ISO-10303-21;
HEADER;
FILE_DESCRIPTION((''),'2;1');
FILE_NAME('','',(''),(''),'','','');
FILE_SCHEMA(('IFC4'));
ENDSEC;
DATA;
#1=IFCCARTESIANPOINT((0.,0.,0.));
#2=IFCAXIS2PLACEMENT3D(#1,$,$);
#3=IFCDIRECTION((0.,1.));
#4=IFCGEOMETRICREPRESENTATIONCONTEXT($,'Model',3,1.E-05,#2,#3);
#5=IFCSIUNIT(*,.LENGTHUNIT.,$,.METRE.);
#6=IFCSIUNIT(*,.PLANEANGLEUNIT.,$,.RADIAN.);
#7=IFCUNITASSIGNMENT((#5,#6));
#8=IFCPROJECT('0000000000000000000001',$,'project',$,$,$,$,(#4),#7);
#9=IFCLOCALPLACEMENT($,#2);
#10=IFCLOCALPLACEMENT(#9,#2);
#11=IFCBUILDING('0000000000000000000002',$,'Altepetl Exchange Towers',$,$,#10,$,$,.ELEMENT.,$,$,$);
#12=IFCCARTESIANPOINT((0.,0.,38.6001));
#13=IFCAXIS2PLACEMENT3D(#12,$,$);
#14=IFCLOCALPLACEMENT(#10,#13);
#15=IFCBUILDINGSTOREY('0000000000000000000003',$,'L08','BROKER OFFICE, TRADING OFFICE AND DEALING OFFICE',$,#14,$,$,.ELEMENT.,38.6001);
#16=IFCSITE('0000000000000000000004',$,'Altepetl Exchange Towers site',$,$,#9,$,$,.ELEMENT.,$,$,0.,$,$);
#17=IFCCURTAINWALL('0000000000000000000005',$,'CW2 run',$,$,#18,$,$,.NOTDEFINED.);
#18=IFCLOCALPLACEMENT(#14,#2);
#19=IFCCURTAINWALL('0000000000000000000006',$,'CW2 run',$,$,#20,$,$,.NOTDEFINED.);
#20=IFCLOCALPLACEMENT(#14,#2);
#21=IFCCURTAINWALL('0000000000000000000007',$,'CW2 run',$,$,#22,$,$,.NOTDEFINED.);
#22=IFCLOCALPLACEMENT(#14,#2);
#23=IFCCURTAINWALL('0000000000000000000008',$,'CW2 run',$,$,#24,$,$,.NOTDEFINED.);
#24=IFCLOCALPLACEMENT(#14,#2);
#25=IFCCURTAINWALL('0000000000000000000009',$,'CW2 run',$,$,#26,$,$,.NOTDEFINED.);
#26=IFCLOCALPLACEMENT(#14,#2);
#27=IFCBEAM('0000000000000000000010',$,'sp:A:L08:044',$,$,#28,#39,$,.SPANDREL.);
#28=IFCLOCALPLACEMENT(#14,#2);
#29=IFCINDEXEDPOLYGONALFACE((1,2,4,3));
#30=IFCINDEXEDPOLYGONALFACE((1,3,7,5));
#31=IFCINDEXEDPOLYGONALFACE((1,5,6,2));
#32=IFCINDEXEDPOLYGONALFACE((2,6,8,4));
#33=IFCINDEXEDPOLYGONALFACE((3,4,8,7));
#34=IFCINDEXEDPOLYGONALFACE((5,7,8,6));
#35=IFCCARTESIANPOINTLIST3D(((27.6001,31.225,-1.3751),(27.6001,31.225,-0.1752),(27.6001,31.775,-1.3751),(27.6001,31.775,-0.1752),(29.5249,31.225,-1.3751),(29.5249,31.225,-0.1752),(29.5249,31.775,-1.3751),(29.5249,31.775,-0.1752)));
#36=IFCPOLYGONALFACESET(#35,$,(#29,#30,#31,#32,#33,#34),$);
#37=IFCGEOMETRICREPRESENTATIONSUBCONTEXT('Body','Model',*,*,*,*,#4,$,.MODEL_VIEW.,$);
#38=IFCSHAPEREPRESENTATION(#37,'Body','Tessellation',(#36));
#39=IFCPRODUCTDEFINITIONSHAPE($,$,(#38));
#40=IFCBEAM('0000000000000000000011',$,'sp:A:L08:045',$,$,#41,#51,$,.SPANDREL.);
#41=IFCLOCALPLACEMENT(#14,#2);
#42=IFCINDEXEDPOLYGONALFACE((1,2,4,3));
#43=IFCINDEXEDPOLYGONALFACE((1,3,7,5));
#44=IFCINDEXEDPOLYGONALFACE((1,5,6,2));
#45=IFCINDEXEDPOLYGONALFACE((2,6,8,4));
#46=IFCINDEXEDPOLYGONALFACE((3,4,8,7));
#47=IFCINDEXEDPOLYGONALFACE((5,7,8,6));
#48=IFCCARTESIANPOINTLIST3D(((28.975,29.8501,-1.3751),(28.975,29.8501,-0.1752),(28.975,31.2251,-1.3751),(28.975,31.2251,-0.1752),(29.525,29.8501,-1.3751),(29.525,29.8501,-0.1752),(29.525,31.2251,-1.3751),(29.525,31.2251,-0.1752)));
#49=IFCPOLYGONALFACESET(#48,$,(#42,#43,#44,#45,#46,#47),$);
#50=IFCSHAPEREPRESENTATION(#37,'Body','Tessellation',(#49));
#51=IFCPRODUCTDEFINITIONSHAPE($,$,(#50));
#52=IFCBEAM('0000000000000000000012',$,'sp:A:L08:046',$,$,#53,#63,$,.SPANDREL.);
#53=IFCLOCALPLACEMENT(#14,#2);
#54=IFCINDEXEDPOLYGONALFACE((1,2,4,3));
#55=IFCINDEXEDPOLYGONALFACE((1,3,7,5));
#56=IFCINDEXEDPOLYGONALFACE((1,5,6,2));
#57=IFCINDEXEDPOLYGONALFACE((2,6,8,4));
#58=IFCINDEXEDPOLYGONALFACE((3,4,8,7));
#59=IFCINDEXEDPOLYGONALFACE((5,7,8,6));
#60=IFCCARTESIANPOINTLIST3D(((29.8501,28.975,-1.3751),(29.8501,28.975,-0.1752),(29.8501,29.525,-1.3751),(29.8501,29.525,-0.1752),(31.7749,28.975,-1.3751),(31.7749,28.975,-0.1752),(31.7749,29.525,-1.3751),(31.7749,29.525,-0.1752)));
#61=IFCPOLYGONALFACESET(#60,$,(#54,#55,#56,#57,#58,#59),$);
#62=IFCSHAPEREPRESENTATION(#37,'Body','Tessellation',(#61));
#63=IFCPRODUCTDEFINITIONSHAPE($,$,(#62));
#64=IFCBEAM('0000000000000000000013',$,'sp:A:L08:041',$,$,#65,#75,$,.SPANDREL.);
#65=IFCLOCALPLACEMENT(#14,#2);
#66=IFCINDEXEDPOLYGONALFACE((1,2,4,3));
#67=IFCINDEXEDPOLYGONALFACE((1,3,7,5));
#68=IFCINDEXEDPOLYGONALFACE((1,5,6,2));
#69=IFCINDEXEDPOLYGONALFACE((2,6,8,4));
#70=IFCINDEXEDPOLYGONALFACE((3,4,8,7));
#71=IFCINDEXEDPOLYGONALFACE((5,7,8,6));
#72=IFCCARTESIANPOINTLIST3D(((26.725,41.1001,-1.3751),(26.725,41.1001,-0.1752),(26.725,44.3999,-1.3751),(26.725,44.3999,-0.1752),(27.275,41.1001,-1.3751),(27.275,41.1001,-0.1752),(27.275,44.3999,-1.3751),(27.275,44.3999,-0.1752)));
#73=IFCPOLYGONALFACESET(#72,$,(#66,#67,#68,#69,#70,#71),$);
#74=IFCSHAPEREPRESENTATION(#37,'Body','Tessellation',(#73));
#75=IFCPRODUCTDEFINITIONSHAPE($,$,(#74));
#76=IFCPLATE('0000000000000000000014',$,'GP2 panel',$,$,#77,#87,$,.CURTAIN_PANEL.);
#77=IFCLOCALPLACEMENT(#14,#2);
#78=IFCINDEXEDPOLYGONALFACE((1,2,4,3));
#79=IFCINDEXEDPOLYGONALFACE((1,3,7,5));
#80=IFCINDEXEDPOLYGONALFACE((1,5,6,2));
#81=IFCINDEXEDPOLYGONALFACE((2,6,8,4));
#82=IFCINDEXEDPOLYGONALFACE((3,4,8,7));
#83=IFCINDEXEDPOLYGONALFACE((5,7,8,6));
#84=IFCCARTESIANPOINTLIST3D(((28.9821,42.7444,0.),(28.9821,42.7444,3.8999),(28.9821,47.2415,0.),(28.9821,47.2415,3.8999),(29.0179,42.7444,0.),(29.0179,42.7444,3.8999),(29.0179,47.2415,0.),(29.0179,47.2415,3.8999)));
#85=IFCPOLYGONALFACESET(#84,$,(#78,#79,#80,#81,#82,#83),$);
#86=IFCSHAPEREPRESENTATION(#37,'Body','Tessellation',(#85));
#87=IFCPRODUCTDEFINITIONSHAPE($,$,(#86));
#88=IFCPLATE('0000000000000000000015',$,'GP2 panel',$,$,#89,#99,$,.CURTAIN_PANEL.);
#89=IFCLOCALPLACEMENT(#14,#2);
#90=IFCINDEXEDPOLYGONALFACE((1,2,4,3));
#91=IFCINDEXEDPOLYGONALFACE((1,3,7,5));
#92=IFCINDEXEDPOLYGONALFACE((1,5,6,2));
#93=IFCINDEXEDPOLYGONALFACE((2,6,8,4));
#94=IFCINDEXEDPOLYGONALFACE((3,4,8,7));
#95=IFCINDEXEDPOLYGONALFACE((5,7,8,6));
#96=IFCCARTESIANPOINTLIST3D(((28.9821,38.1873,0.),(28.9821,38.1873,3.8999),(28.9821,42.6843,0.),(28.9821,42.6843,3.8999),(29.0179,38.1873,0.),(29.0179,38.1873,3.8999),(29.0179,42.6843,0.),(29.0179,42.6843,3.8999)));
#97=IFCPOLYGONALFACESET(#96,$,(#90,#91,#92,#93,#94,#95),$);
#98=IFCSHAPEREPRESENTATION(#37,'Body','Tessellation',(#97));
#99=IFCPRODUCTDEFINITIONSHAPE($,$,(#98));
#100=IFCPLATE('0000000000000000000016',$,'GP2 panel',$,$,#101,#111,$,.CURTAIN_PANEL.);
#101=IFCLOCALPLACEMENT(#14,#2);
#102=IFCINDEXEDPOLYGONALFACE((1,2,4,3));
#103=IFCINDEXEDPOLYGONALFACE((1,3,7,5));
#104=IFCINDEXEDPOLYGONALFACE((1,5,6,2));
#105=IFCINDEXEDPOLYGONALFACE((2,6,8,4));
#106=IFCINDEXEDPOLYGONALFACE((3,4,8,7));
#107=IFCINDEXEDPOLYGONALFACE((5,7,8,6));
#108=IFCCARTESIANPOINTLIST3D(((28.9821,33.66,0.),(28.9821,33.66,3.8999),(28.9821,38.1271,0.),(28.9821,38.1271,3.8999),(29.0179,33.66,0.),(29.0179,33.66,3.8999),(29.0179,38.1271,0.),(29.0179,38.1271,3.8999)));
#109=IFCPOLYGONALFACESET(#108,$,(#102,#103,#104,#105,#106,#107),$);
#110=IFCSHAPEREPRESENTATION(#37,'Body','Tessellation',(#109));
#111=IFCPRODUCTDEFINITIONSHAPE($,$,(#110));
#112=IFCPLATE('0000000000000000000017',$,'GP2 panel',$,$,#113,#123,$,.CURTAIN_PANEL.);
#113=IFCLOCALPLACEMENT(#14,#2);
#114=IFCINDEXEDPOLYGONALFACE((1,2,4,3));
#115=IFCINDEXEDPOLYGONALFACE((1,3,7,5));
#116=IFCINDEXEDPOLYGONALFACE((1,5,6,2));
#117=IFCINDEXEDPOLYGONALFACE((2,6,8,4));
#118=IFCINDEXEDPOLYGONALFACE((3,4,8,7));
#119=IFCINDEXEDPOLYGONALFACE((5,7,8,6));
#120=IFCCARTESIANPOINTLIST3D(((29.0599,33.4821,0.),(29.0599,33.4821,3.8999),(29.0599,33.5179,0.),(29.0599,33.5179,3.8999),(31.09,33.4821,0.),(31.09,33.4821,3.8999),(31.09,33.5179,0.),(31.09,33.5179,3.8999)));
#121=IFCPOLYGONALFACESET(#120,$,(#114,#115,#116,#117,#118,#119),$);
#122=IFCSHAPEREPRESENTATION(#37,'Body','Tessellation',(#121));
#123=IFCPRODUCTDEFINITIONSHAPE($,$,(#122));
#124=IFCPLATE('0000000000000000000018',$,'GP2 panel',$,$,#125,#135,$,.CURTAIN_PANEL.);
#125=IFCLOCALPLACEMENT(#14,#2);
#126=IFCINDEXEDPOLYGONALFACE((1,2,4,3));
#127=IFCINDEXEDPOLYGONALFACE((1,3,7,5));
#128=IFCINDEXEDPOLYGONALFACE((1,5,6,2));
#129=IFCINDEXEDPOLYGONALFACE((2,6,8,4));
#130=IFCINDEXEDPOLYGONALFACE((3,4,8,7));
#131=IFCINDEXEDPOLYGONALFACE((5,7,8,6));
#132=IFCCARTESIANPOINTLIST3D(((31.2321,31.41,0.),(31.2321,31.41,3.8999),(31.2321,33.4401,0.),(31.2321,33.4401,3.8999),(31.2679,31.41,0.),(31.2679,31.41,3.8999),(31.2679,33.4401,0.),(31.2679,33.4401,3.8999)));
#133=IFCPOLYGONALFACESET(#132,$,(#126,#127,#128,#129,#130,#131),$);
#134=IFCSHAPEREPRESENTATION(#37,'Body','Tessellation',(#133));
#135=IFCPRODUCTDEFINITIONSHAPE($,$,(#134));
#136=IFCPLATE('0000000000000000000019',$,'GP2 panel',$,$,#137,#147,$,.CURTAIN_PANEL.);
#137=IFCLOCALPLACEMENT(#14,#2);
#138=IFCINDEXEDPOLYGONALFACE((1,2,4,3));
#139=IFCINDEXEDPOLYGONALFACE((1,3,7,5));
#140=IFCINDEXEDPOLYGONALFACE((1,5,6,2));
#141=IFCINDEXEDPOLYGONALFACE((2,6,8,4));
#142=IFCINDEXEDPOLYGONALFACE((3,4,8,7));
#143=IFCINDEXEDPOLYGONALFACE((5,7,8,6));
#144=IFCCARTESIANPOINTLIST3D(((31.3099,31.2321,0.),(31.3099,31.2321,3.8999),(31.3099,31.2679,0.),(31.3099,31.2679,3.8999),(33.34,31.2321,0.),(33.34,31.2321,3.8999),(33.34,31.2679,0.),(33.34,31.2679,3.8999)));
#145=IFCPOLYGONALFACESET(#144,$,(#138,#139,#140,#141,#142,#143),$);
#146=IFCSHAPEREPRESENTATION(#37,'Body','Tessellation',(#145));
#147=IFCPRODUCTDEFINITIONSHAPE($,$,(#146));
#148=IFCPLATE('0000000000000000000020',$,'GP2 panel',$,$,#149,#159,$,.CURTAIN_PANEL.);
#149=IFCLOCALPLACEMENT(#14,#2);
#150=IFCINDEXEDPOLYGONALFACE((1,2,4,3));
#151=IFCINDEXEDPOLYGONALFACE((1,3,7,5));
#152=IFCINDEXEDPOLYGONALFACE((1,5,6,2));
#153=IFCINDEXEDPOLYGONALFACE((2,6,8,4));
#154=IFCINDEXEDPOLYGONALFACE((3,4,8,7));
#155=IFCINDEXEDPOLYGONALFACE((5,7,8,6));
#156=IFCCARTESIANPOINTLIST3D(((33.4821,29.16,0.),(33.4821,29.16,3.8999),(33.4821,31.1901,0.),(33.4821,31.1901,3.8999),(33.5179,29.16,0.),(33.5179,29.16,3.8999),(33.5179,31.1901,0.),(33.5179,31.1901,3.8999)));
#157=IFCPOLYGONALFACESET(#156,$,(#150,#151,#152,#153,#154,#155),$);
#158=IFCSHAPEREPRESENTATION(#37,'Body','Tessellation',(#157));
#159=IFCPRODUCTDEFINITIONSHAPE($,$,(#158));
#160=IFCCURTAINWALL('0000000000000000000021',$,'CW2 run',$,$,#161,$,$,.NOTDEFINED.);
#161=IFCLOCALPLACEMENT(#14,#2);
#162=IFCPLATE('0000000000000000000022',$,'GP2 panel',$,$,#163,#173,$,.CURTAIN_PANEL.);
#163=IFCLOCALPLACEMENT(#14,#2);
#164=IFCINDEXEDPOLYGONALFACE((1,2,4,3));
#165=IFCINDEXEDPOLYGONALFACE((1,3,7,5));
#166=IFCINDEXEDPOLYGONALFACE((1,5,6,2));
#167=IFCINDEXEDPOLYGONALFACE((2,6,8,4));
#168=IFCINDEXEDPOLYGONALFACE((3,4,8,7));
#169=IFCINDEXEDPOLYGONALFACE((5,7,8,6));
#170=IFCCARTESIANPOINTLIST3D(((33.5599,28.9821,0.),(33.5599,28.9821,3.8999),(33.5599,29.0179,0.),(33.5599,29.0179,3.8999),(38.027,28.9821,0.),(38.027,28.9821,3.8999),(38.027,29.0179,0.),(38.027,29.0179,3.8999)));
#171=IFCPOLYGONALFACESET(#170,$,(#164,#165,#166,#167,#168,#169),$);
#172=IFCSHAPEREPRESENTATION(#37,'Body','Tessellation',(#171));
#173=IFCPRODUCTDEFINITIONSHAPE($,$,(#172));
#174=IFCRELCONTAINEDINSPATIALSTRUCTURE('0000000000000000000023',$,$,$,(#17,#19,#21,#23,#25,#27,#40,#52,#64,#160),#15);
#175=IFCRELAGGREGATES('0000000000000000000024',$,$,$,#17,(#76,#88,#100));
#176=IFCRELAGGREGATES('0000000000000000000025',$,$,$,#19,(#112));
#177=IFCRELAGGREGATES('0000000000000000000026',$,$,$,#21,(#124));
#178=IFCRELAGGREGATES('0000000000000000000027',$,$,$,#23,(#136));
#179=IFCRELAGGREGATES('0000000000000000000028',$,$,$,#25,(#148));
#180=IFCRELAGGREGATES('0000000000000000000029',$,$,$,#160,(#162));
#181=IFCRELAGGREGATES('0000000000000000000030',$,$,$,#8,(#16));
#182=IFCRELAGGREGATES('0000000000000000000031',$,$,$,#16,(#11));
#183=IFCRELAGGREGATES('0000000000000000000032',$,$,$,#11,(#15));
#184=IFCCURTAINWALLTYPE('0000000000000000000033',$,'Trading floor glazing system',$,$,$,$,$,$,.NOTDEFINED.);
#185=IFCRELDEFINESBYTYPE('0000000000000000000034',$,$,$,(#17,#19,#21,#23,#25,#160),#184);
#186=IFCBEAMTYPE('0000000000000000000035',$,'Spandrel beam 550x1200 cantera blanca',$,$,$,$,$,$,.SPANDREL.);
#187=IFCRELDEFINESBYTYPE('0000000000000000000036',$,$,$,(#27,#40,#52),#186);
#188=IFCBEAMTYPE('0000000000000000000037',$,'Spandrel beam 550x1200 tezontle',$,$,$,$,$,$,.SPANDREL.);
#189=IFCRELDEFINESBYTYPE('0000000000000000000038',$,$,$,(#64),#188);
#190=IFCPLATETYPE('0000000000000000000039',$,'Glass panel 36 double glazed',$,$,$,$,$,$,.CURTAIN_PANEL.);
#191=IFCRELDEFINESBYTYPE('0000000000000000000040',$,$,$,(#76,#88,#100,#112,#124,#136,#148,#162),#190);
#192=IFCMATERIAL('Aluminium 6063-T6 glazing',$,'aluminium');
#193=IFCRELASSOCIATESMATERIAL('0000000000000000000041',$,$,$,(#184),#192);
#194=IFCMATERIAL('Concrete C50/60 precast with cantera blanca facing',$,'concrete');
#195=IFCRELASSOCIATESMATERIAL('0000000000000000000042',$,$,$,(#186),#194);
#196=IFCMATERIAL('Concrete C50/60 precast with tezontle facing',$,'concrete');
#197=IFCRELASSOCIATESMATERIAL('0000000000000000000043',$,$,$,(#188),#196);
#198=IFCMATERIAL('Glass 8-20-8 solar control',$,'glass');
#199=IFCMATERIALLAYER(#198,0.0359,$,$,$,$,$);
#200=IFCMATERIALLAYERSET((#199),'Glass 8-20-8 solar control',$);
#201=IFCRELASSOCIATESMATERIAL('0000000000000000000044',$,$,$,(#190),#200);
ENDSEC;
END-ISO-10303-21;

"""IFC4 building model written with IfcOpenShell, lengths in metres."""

from ifc_helpers import new_model, si_unit, direction, frame, origin, origin_2d, place, context, subcontext, project, spatial, rectangle, extrude, material, layer, layer_set, material_profile, profile_set, type_object, element, aggregate, save


model = new_model("IFC4")

# Units and contexts
model_context = context("Model", 3, precision=1e-05, world=origin(), true_north=direction((0.0, 1.0)))
body_context = subcontext(model_context, "Body", "Model", "MODEL_VIEW")
ifc_project = project(units=[si_unit("LENGTHUNIT", "METRE"), si_unit("PLANEANGLEUNIT", "RADIAN")], contexts=[model_context])

# Site, building, storey
site_placement = place(None, origin())
site = spatial("IfcSite", under=ifc_project, at=site_placement, Name="Altepetl Exchange Towers site", CompositionType="ELEMENT", RefElevation=0.0)
building_placement = place(site_placement, origin())
building = spatial("IfcBuilding", under=site, at=building_placement, Name="Altepetl Exchange Towers", CompositionType="ELEMENT")
storey_placement = place(building_placement, frame((0.0, 0.0, 38.6001)))
storey = spatial("IfcBuildingStorey", under=building, at=storey_placement, Name="L08", Description="BROKER OFFICE, TRADING OFFICE AND DEALING OFFICE", CompositionType="ELEMENT", Elevation=38.6001)

# Curtain walls
ifc_material_1 = material(Name="Aluminium 6063-T6 glazing", Category="aluminium")
curtain_wall_type = type_object("IfcCurtainWallType", Name="Trading floor glazing system", PredefinedType="NOTDEFINED", material=ifc_material_1)
curtain_wall_1_placement = place(storey_placement, origin())
curtain_wall_1 = element("IfcCurtainWall", 1, at=curtain_wall_1_placement, inside=storey, type_object=curtain_wall_type, Name="CW2 run", PredefinedType="NOTDEFINED")
curtain_wall_2_placement = place(storey_placement, origin())
curtain_wall_2 = element("IfcCurtainWall", 2, at=curtain_wall_2_placement, inside=storey, type_object=curtain_wall_type, Name="CW2 run", PredefinedType="NOTDEFINED")
curtain_wall_3_placement = place(storey_placement, origin())
curtain_wall_3 = element("IfcCurtainWall", 3, at=curtain_wall_3_placement, inside=storey, type_object=curtain_wall_type, Name="CW2 run", PredefinedType="NOTDEFINED")
curtain_wall_4_placement = place(storey_placement, origin())
curtain_wall_4 = element("IfcCurtainWall", 4, at=curtain_wall_4_placement, inside=storey, type_object=curtain_wall_type, Name="CW2 run", PredefinedType="NOTDEFINED")
curtain_wall_5_placement = place(storey_placement, origin())
curtain_wall_5 = element("IfcCurtainWall", 5, at=curtain_wall_5_placement, inside=storey, type_object=curtain_wall_type, Name="CW2 run", PredefinedType="NOTDEFINED")

# Beams
ifc_material_2 = material(Name="Concrete C50/60 precast with cantera blanca facing", Category="concrete")
ifc_material_profile_1 = material_profile(ifc_material_2, rectangle(XDim=0.55, YDim=1.2, at=origin_2d()), Name="550 x 1200")
ifc_profile_set_1 = profile_set([ifc_material_profile_1], Name="Concrete C50/60 precast with cantera blanca facing")
beam_type_1 = type_object("IfcBeamType", Name="Spandrel beam 550x1200 cantera blanca", PredefinedType="SPANDREL", material=ifc_profile_set_1)
beam_1_placement = place(storey_placement, frame((27.6001, 31.5, -0.7751), z_axis=(1.0, 0.0, 0.0), x_axis=(0.0, 1.0, 0.0)))
element("IfcBeam", 6, at=beam_1_placement, inside=storey, type_object=beam_type_1, Name="sp:A:L08:044", PredefinedType="SPANDREL", context=body_context, shape_type="SweptSolid", body=[
    extrude(rectangle(XDim=0.55, YDim=1.2, at=origin_2d()), origin(), (0.0, 0.0, 1.0), 1.9248),
])
beam_2_placement = place(storey_placement, frame((29.25, 31.2251, -0.7751), z_axis=(0.0, -1.0, 0.0), x_axis=(1.0, 0.0, 0.0)))
element("IfcBeam", 7, at=beam_2_placement, inside=storey, type_object=beam_type_1, Name="sp:A:L08:045", PredefinedType="SPANDREL", context=body_context, shape_type="SweptSolid", body=[
    extrude(rectangle(XDim=0.55, YDim=1.2, at=origin_2d()), origin(), (0.0, 0.0, 1.0), 1.375),
])
beam_3_placement = place(storey_placement, frame((29.8501, 29.25, -0.7751), z_axis=(1.0, 0.0, 0.0), x_axis=(0.0, 1.0, 0.0)))
element("IfcBeam", 8, at=beam_3_placement, inside=storey, type_object=beam_type_1, Name="sp:A:L08:046", PredefinedType="SPANDREL", context=body_context, shape_type="SweptSolid", body=[
    extrude(rectangle(XDim=0.55, YDim=1.2, at=origin_2d()), origin(), (0.0, 0.0, 1.0), 1.9248),
])
ifc_material_3 = material(Name="Concrete C50/60 precast with tezontle facing", Category="concrete")
ifc_material_profile_2 = material_profile(ifc_material_3, rectangle(XDim=0.55, YDim=1.2, at=origin_2d()), Name="550 x 1200")
ifc_profile_set_2 = profile_set([ifc_material_profile_2], Name="Concrete C50/60 precast with tezontle facing")
beam_type_2 = type_object("IfcBeamType", Name="Spandrel beam 550x1200 tezontle", PredefinedType="SPANDREL", material=ifc_profile_set_2)
beam_4_placement = place(storey_placement, frame((27.0, 44.3999, -0.7751), z_axis=(0.0, -1.0, 0.0), x_axis=(1.0, 0.0, 0.0)))
element("IfcBeam", 9, at=beam_4_placement, inside=storey, type_object=beam_type_2, Name="sp:A:L08:041", PredefinedType="SPANDREL", context=body_context, shape_type="SweptSolid", body=[
    extrude(rectangle(XDim=0.55, YDim=1.2, at=origin_2d()), origin(), (0.0, 0.0, 1.0), 3.2998),
])

# Plates
ifc_material_4 = material(Name="Glass 8-20-8 solar control", Category="glass")
ifc_layer = layer(ifc_material_4, 0.0359)
ifc_layer_set = layer_set([ifc_layer], Name="Glass 8-20-8 solar control")
plate_type = type_object("IfcPlateType", Name="Glass panel 36 double glazed", PredefinedType="CURTAIN_PANEL", material=ifc_layer_set)
plate_1_placement = place(storey_placement, frame((29.0, 44.9929, 0.0), z_axis=(0.0, 0.0, 1.0), x_axis=(0.0, -1.0, 0.0)))
plate_1 = element("IfcPlate", 10, at=plate_1_placement, type_object=plate_type, Name="GP2 panel", PredefinedType="CURTAIN_PANEL", context=body_context, shape_type="SweptSolid", body=[
    extrude(rectangle(XDim=4.4971, YDim=0.0359, at=origin_2d()), origin(), (0.0, 0.0, 1.0), 3.8999),
])
plate_2_placement = place(storey_placement, frame((29.0, 40.4358, 0.0), z_axis=(0.0, 0.0, 1.0), x_axis=(0.0, -1.0, 0.0)))
plate_2 = element("IfcPlate", 11, at=plate_2_placement, type_object=plate_type, Name="GP2 panel", PredefinedType="CURTAIN_PANEL", context=body_context, shape_type="SweptSolid", body=[
    extrude(rectangle(XDim=4.4971, YDim=0.0359, at=origin_2d()), origin(), (0.0, 0.0, 1.0), 3.8999),
])
plate_3_placement = place(storey_placement, frame((29.0, 35.8936, 0.0), z_axis=(0.0, 0.0, 1.0), x_axis=(0.0, -1.0, 0.0)))
plate_3 = element("IfcPlate", 12, at=plate_3_placement, type_object=plate_type, Name="GP2 panel", PredefinedType="CURTAIN_PANEL", context=body_context, shape_type="SweptSolid", body=[
    extrude(rectangle(XDim=4.467, YDim=0.0359, at=origin_2d()), origin(), (0.0, 0.0, 1.0), 3.8999),
])
aggregate(curtain_wall_1, [plate_1, plate_2, plate_3])
plate_4_placement = place(storey_placement, frame((30.075, 33.5, 0.0)))
plate_4 = element("IfcPlate", 13, at=plate_4_placement, type_object=plate_type, Name="GP2 panel", PredefinedType="CURTAIN_PANEL", context=body_context, shape_type="SweptSolid", body=[
    extrude(rectangle(XDim=2.03, YDim=0.0359, at=origin_2d()), origin(), (0.0, 0.0, 1.0), 3.8999),
])
aggregate(curtain_wall_2, [plate_4])
plate_5_placement = place(storey_placement, frame((31.25, 32.425, 0.0), z_axis=(0.0, 0.0, 1.0), x_axis=(0.0, -1.0, 0.0)))
plate_5 = element("IfcPlate", 14, at=plate_5_placement, type_object=plate_type, Name="GP2 panel", PredefinedType="CURTAIN_PANEL", context=body_context, shape_type="SweptSolid", body=[
    extrude(rectangle(XDim=2.03, YDim=0.0359, at=origin_2d()), origin(), (0.0, 0.0, 1.0), 3.8999),
])
aggregate(curtain_wall_3, [plate_5])
plate_6_placement = place(storey_placement, frame((32.325, 31.25, 0.0)))
plate_6 = element("IfcPlate", 15, at=plate_6_placement, type_object=plate_type, Name="GP2 panel", PredefinedType="CURTAIN_PANEL", context=body_context, shape_type="SweptSolid", body=[
    extrude(rectangle(XDim=2.03, YDim=0.0359, at=origin_2d()), origin(), (0.0, 0.0, 1.0), 3.8999),
])
aggregate(curtain_wall_4, [plate_6])
plate_7_placement = place(storey_placement, frame((33.5, 30.175, 0.0), z_axis=(0.0, 0.0, 1.0), x_axis=(0.0, -1.0, 0.0)))
plate_7 = element("IfcPlate", 16, at=plate_7_placement, type_object=plate_type, Name="GP2 panel", PredefinedType="CURTAIN_PANEL", context=body_context, shape_type="SweptSolid", body=[
    extrude(rectangle(XDim=2.03, YDim=0.0359, at=origin_2d()), origin(), (0.0, 0.0, 1.0), 3.8999),
])
aggregate(curtain_wall_5, [plate_7])

# Curtain wall, plate
curtain_wall_6_placement = place(storey_placement, origin())
curtain_wall_6 = element("IfcCurtainWall", 17, at=curtain_wall_6_placement, inside=storey, type_object=curtain_wall_type, Name="CW2 run", PredefinedType="NOTDEFINED")
plate_8_placement = place(storey_placement, frame((35.7935, 29.0, 0.0)))
plate_8 = element("IfcPlate", 18, at=plate_8_placement, type_object=plate_type, Name="GP2 panel", PredefinedType="CURTAIN_PANEL", context=body_context, shape_type="SweptSolid", body=[
    extrude(rectangle(XDim=4.467, YDim=0.0359, at=origin_2d()), origin(), (0.0, 0.0, 1.0), 3.8999),
])
aggregate(curtain_wall_6, [plate_8])

save(model, "model.ifc")
